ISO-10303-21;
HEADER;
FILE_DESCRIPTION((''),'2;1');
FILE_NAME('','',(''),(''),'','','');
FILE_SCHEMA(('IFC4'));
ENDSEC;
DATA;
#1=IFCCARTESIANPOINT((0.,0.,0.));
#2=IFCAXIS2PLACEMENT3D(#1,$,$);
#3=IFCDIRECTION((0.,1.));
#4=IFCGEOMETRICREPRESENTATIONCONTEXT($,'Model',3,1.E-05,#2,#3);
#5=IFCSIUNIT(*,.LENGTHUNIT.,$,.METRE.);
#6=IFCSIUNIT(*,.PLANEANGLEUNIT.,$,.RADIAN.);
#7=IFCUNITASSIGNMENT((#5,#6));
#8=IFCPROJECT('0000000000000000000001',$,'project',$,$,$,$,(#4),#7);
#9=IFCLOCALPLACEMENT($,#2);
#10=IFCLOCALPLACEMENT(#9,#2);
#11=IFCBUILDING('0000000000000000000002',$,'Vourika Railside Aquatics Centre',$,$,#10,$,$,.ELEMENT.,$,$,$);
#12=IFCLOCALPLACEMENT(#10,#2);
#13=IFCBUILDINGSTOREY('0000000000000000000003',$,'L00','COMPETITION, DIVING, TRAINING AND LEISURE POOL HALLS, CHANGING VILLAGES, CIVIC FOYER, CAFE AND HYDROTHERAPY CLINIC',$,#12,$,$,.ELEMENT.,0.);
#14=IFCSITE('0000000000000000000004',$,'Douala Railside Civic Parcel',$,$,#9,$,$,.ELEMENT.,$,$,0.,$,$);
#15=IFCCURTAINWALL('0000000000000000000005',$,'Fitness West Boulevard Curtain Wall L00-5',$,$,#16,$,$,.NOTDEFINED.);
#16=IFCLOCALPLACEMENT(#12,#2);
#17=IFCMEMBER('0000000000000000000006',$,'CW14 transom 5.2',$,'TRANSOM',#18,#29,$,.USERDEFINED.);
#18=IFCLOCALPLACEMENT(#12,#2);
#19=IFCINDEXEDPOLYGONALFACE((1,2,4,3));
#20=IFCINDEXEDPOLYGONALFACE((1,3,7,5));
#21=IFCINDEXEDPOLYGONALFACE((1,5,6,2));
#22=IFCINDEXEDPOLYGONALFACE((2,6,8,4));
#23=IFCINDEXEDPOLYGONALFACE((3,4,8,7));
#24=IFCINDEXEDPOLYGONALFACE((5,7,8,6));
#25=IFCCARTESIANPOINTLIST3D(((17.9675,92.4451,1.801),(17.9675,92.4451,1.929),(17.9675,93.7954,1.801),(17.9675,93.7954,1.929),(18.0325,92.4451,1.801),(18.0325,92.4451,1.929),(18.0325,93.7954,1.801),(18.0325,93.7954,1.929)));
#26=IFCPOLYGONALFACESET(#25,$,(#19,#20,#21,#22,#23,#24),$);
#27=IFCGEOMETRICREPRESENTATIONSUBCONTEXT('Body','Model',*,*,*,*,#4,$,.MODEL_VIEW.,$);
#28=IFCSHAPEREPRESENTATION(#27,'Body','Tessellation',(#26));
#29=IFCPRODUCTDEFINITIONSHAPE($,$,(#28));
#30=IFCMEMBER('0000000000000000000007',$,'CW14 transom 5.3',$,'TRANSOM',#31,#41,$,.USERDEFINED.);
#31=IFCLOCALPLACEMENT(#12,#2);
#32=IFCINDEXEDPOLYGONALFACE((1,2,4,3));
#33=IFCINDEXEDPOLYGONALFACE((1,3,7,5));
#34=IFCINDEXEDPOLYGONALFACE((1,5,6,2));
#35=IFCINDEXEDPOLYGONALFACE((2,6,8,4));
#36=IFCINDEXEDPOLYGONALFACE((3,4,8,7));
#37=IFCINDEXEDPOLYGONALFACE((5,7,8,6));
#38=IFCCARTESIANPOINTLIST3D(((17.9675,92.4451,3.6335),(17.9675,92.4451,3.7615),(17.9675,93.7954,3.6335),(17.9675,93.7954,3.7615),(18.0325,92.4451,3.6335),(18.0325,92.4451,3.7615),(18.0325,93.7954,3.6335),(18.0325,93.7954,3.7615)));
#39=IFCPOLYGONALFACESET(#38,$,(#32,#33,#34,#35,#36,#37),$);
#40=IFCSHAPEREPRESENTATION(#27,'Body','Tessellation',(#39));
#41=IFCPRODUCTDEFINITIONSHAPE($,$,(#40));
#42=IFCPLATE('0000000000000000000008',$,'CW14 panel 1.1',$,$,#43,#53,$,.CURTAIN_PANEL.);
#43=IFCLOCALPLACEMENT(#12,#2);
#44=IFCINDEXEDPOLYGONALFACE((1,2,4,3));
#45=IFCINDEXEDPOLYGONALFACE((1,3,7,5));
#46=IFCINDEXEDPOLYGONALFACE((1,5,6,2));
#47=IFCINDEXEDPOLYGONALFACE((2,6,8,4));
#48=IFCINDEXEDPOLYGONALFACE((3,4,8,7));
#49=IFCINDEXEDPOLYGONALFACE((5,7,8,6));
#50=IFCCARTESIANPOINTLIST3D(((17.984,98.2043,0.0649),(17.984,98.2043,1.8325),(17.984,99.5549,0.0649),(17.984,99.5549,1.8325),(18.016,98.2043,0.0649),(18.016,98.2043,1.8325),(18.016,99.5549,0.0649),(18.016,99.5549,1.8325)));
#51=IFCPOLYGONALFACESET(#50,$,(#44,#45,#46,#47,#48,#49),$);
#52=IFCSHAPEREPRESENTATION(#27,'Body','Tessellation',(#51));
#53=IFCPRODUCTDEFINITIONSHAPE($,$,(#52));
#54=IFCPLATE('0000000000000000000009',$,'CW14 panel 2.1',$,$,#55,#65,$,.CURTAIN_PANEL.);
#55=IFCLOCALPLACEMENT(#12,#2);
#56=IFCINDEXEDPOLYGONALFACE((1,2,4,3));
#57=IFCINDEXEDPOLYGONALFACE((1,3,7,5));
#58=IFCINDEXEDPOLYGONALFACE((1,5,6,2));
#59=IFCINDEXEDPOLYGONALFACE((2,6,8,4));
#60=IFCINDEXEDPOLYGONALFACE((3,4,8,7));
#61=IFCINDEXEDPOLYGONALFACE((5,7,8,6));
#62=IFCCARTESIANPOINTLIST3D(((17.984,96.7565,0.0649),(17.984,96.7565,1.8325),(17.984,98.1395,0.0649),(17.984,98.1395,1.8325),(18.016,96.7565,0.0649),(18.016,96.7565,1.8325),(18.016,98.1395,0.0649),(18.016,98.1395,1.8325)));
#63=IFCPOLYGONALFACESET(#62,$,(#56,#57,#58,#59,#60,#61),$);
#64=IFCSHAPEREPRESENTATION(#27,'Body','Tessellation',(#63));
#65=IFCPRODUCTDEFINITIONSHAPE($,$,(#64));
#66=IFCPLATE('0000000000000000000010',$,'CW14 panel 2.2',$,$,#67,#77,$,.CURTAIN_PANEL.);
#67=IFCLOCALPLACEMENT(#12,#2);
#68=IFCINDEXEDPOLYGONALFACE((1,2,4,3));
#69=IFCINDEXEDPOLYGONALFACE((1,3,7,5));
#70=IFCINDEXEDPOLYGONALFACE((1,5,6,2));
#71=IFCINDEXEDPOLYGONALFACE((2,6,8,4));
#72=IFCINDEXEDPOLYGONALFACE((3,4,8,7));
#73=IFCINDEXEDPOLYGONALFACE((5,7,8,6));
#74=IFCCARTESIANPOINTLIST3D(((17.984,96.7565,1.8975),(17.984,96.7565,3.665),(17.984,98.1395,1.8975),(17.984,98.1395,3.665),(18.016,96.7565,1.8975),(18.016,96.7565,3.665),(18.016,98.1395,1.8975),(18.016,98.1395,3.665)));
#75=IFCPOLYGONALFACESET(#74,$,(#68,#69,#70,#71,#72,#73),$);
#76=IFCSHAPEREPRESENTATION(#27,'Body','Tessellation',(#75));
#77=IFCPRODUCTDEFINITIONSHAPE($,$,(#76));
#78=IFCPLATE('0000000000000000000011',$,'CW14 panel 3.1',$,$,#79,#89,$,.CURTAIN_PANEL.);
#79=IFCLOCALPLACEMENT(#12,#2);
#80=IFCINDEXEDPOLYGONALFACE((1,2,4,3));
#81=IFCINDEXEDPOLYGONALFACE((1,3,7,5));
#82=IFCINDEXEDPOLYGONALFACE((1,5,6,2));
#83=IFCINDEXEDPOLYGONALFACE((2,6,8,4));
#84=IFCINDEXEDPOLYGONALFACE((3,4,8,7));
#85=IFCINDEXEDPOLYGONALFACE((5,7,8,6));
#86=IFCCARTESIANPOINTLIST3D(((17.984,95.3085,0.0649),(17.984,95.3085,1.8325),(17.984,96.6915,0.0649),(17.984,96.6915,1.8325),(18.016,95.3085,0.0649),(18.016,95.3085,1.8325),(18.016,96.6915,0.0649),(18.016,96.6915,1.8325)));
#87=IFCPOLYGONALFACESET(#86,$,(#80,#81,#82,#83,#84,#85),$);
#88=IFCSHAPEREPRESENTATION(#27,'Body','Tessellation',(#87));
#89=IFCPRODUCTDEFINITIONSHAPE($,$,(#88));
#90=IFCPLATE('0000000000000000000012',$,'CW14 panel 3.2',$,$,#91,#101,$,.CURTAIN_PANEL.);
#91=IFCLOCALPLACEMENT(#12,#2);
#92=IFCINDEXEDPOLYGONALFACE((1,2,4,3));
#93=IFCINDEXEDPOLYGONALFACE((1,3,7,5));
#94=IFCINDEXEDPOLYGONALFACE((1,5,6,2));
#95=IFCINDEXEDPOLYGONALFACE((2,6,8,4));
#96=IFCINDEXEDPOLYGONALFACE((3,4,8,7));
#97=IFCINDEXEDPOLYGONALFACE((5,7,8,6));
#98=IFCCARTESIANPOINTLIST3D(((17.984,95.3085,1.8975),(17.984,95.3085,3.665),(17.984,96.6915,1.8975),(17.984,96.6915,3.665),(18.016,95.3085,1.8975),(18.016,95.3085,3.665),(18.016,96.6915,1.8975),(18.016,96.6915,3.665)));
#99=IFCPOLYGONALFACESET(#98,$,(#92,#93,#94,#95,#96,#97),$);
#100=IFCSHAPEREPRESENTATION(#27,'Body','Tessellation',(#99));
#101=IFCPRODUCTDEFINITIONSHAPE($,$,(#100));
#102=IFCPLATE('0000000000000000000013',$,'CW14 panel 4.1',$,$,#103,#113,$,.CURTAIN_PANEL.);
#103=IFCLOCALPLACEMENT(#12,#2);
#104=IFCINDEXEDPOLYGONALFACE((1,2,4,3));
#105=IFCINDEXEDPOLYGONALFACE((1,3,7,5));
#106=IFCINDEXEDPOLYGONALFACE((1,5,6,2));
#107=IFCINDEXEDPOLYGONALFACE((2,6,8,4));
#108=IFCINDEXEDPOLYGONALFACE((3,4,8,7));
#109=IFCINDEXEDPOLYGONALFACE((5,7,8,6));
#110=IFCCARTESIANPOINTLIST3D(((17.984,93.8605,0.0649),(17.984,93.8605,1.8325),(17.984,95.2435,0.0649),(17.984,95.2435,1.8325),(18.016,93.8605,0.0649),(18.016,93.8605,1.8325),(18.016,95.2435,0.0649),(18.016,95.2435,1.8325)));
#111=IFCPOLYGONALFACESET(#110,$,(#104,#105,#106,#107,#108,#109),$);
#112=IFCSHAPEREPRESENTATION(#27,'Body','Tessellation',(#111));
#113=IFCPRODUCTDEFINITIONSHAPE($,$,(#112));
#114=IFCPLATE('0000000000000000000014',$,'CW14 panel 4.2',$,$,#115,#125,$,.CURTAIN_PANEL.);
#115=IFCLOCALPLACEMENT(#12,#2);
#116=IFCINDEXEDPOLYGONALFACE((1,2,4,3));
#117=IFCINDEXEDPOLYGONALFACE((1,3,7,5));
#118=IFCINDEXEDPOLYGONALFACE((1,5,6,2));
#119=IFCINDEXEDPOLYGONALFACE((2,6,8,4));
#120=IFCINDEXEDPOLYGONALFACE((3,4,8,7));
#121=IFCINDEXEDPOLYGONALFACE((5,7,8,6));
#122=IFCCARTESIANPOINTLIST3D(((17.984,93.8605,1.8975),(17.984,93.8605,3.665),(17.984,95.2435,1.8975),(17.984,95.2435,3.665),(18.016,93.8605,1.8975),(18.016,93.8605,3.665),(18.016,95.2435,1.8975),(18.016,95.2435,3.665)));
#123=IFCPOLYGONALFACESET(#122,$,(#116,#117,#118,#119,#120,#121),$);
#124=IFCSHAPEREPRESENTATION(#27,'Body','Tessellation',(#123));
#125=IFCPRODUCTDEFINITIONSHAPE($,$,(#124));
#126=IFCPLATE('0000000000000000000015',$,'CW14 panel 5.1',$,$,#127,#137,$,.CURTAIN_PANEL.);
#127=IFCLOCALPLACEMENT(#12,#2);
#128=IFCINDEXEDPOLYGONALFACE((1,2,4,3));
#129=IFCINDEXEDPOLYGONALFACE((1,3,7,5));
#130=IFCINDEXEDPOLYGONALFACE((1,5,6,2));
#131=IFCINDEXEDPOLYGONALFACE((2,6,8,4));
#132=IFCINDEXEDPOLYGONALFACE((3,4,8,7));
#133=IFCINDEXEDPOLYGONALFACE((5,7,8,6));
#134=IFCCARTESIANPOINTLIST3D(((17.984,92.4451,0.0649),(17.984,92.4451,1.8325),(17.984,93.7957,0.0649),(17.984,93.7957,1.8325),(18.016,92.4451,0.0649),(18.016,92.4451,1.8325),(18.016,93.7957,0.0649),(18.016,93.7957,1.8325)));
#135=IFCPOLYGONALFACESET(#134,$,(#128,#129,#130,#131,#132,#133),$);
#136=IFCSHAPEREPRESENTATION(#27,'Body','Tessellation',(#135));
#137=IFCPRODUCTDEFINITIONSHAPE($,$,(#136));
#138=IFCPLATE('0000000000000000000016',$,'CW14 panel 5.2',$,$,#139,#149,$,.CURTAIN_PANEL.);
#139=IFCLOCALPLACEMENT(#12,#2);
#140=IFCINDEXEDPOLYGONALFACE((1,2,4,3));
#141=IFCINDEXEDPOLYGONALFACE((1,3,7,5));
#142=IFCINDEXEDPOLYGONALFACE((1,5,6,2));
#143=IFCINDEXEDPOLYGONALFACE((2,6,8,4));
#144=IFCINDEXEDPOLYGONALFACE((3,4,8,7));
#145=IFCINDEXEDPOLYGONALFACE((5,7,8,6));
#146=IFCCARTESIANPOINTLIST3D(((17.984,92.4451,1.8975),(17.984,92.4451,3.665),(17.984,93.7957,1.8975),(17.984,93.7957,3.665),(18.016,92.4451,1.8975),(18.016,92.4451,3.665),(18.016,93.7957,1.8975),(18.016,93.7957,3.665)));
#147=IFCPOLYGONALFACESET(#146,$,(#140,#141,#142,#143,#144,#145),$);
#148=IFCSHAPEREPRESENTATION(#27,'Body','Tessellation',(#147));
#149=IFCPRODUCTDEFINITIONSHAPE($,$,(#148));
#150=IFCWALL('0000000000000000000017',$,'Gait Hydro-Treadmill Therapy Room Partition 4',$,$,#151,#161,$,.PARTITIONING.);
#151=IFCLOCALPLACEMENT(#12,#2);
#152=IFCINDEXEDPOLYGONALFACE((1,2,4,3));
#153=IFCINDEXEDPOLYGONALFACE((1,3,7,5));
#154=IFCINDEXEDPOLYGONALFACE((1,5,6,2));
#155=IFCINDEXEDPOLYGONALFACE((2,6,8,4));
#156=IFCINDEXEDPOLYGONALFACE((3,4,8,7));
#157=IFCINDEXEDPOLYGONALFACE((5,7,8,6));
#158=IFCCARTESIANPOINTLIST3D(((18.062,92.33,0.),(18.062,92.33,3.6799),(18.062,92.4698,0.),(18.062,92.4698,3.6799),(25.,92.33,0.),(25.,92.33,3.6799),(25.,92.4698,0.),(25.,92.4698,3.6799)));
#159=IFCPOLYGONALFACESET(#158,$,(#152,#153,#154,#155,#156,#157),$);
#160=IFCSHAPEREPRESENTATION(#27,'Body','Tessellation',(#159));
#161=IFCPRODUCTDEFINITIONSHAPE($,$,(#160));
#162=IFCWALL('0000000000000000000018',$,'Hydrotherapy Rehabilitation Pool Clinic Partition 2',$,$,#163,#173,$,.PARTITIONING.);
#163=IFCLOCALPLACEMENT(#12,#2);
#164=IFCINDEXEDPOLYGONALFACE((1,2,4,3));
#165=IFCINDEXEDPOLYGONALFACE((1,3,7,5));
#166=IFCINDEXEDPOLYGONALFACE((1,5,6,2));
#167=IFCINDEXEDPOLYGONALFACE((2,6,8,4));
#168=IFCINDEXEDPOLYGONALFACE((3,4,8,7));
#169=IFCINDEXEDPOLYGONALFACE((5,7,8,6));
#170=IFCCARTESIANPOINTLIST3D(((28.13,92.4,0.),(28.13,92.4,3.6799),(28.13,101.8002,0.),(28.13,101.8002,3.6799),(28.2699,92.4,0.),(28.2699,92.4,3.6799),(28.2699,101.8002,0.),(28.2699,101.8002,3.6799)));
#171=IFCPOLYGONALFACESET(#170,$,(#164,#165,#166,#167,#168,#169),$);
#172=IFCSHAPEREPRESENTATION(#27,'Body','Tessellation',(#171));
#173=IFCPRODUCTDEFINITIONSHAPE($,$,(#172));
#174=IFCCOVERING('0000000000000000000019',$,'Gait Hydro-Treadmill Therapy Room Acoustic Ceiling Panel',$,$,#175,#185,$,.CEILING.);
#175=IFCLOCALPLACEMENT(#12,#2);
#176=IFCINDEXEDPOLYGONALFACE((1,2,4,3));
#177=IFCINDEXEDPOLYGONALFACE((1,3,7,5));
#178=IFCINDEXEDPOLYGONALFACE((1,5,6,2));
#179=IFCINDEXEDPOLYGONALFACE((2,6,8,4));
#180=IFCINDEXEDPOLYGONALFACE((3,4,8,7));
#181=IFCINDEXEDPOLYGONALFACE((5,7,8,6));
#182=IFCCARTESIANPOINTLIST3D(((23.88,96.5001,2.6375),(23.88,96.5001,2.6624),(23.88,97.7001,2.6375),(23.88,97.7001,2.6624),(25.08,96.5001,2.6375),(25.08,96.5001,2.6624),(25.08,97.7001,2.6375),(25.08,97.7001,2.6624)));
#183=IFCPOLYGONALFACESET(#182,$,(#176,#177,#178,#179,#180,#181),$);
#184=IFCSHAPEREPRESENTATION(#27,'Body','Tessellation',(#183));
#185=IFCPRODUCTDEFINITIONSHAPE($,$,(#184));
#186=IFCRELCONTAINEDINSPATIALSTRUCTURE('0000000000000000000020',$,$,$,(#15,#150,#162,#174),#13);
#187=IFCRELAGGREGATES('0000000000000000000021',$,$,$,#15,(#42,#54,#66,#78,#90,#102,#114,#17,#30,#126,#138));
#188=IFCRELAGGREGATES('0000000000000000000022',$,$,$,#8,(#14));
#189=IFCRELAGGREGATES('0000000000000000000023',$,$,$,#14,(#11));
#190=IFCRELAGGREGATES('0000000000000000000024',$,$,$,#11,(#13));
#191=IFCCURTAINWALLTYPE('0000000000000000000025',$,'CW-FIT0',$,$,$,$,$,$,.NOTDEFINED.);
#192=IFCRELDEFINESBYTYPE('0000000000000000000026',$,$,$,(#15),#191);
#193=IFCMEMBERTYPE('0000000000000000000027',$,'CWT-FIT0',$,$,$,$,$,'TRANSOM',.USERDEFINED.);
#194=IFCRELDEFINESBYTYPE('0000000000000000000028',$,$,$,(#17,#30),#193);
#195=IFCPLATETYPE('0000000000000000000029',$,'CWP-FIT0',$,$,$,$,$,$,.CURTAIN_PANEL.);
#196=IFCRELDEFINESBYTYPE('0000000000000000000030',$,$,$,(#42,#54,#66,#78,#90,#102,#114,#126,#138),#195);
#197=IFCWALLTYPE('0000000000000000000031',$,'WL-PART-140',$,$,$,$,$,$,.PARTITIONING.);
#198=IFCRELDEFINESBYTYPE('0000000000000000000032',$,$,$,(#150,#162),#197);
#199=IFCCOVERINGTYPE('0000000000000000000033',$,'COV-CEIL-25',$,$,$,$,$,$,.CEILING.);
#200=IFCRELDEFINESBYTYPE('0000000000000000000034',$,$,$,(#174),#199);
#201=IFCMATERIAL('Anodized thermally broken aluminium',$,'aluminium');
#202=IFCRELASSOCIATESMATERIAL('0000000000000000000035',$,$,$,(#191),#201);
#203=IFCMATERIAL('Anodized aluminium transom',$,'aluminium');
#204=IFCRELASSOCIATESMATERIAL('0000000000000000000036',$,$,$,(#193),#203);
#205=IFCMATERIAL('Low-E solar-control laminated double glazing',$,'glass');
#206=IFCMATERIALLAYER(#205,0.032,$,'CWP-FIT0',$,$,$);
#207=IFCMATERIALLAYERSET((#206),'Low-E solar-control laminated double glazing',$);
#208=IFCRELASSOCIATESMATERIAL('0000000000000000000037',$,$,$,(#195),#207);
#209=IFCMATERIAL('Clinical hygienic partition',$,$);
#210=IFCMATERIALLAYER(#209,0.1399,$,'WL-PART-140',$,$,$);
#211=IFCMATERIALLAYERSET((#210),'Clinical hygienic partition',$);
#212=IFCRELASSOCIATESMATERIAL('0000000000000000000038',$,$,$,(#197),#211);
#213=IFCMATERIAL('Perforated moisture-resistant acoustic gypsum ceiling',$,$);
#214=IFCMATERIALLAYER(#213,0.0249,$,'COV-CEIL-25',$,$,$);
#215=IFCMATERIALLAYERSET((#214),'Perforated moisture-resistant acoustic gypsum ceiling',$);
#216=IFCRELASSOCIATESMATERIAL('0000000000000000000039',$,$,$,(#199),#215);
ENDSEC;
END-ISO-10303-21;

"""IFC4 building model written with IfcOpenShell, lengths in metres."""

from ifc_helpers import new_model, si_unit, direction, frame, frame_2d, origin, origin_2d, place, context, subcontext, project, spatial, rectangle, extrude, material, layer, layer_set, material_profile, profile_set, type_object, element, aggregate, save


model = new_model("IFC4")

# Units and contexts
model_context = context("Model", 3, precision=1e-05, world=origin(), true_north=direction((0.0, 1.0)))
body_context = subcontext(model_context, "Body", "Model", "MODEL_VIEW")
ifc_project = project(units=[si_unit("LENGTHUNIT", "METRE"), si_unit("PLANEANGLEUNIT", "RADIAN")], contexts=[model_context])

# Site, building, storey
site_placement = place(None, origin())
site = spatial("IfcSite", under=ifc_project, at=site_placement, Name="Douala Railside Civic Parcel", CompositionType="ELEMENT", RefElevation=0.0)
building_placement = place(site_placement, origin())
building = spatial("IfcBuilding", under=site, at=building_placement, Name="Vourika Railside Aquatics Centre", CompositionType="ELEMENT")
storey_placement = place(building_placement, origin())
storey = spatial("IfcBuildingStorey", under=building, at=storey_placement, Name="L00", Description="COMPETITION, DIVING, TRAINING AND LEISURE POOL HALLS, CHANGING VILLAGES, CIVIC FOYER, CAFE AND HYDROTHERAPY CLINIC", CompositionType="ELEMENT", Elevation=0.0)

# Curtain wall, members, plates
ifc_material_1 = material(Name="Anodized thermally broken aluminium", Category="aluminium")
curtain_wall_type = type_object("IfcCurtainWallType", Name="CW-FIT0", PredefinedType="NOTDEFINED", material=ifc_material_1)
curtain_wall_placement = place(storey_placement, origin())
curtain_wall = element("IfcCurtainWall", 1, at=curtain_wall_placement, inside=storey, type_object=curtain_wall_type, Name="Fitness West Boulevard Curtain Wall L00-5", PredefinedType="NOTDEFINED")
ifc_material_2 = material(Name="Anodized aluminium transom", Category="aluminium")
ifc_material_profile_1 = material_profile(ifc_material_2, rectangle(XDim=0.0649, YDim=0.1279, at=origin_2d()), Name="ALU-T 65x128")
ifc_profile_set_1 = profile_set([ifc_material_profile_1], Name="Anodized aluminium transom")
member_type_1 = type_object("IfcMemberType", Name="CWT-FIT0", ElementType="TRANSOM", PredefinedType="USERDEFINED", material=ifc_profile_set_1)
member_1_placement = place(storey_placement, frame((18.0, 93.7954, 1.865), z_axis=(0.0, -1.0, 0.0), x_axis=(1.0, 0.0, 0.0)))
member_1 = element("IfcMember", 2, at=member_1_placement, type_object=member_type_1, Name="CW14 transom 5.2", ObjectType="TRANSOM", PredefinedType="USERDEFINED", context=body_context, shape_type="SweptSolid", body=[
    extrude(rectangle(XDim=0.0649, YDim=0.1279, at=origin_2d()), origin(), (0.0, 0.0, 1.0), 1.3503),
])
member_2_placement = place(storey_placement, frame((18.0, 93.7954, 3.6975), z_axis=(0.0, -1.0, 0.0), x_axis=(1.0, 0.0, 0.0)))
member_2 = element("IfcMember", 3, at=member_2_placement, type_object=member_type_1, Name="CW14 transom 5.3", ObjectType="TRANSOM", PredefinedType="USERDEFINED", context=body_context, shape_type="SweptSolid", body=[
    extrude(rectangle(XDim=0.0649, YDim=0.1279, at=origin_2d()), origin(), (0.0, 0.0, 1.0), 1.3503),
])
ifc_material_3 = material(Name="Low-E solar-control laminated double glazing", Category="glass")
ifc_layer_1 = layer(ifc_material_3, 0.032, Name="CWP-FIT0")
ifc_layer_set_1 = layer_set([ifc_layer_1], Name="Low-E solar-control laminated double glazing")
plate_type = type_object("IfcPlateType", Name="CWP-FIT0", PredefinedType="CURTAIN_PANEL", material=ifc_layer_set_1)
plate_1_placement = place(storey_placement, frame((18.0, 98.8796, 0.0649), z_axis=(0.0, 0.0, 1.0), x_axis=(0.0, -1.0, 0.0)))
plate_1 = element("IfcPlate", 4, at=plate_1_placement, type_object=plate_type, Name="CW14 panel 1.1", PredefinedType="CURTAIN_PANEL", context=body_context, shape_type="SweptSolid", body=[
    extrude(rectangle(XDim=1.3506, YDim=0.032, at=origin_2d()), origin(), (0.0, 0.0, 1.0), 1.7676),
])
plate_2_placement = place(storey_placement, frame((18.0, 97.448, 0.0649), z_axis=(0.0, 0.0, 1.0), x_axis=(0.0, -1.0, 0.0)))
plate_2 = element("IfcPlate", 5, at=plate_2_placement, type_object=plate_type, Name="CW14 panel 2.1", PredefinedType="CURTAIN_PANEL", context=body_context, shape_type="SweptSolid", body=[
    extrude(rectangle(XDim=1.3831, YDim=0.032, at=origin_2d()), origin(), (0.0, 0.0, 1.0), 1.7676),
])
plate_3_placement = place(storey_placement, frame((18.0, 97.448, 1.8975), z_axis=(0.0, 0.0, 1.0), x_axis=(0.0, -1.0, 0.0)))
plate_3 = element("IfcPlate", 6, at=plate_3_placement, type_object=plate_type, Name="CW14 panel 2.2", PredefinedType="CURTAIN_PANEL", context=body_context, shape_type="SweptSolid", body=[
    extrude(rectangle(XDim=1.3831, YDim=0.032, at=origin_2d()), origin(), (0.0, 0.0, 1.0), 1.7676),
])
plate_4_placement = place(storey_placement, frame((18.0, 96.0, 0.0649), z_axis=(0.0, 0.0, 1.0), x_axis=(0.0, -1.0, 0.0)))
plate_4 = element("IfcPlate", 7, at=plate_4_placement, type_object=plate_type, Name="CW14 panel 3.1", PredefinedType="CURTAIN_PANEL", context=body_context, shape_type="SweptSolid", body=[
    extrude(rectangle(XDim=1.3831, YDim=0.032, at=origin_2d()), origin(), (0.0, 0.0, 1.0), 1.7676),
])
plate_5_placement = place(storey_placement, frame((18.0, 96.0, 1.8975), z_axis=(0.0, 0.0, 1.0), x_axis=(0.0, -1.0, 0.0)))
plate_5 = element("IfcPlate", 8, at=plate_5_placement, type_object=plate_type, Name="CW14 panel 3.2", PredefinedType="CURTAIN_PANEL", context=body_context, shape_type="SweptSolid", body=[
    extrude(rectangle(XDim=1.3831, YDim=0.032, at=origin_2d()), origin(), (0.0, 0.0, 1.0), 1.7676),
])
plate_6_placement = place(storey_placement, frame((18.0, 94.552, 0.0649), z_axis=(0.0, 0.0, 1.0), x_axis=(0.0, -1.0, 0.0)))
plate_6 = element("IfcPlate", 9, at=plate_6_placement, type_object=plate_type, Name="CW14 panel 4.1", PredefinedType="CURTAIN_PANEL", context=body_context, shape_type="SweptSolid", body=[
    extrude(rectangle(XDim=1.3831, YDim=0.032, at=origin_2d()), origin(), (0.0, 0.0, 1.0), 1.7676),
])
plate_7_placement = place(storey_placement, frame((18.0, 94.552, 1.8975), z_axis=(0.0, 0.0, 1.0), x_axis=(0.0, -1.0, 0.0)))
plate_7 = element("IfcPlate", 10, at=plate_7_placement, type_object=plate_type, Name="CW14 panel 4.2", PredefinedType="CURTAIN_PANEL", context=body_context, shape_type="SweptSolid", body=[
    extrude(rectangle(XDim=1.3831, YDim=0.032, at=origin_2d()), origin(), (0.0, 0.0, 1.0), 1.7676),
])
plate_8_placement = place(storey_placement, frame((18.0, 93.1204, 0.0649), z_axis=(0.0, 0.0, 1.0), x_axis=(0.0, -1.0, 0.0)))
plate_8 = element("IfcPlate", 11, at=plate_8_placement, type_object=plate_type, Name="CW14 panel 5.1", PredefinedType="CURTAIN_PANEL", context=body_context, shape_type="SweptSolid", body=[
    extrude(rectangle(XDim=1.3506, YDim=0.032, at=origin_2d()), origin(), (0.0, 0.0, 1.0), 1.7676),
])
plate_9_placement = place(storey_placement, frame((18.0, 93.1204, 1.8975), z_axis=(0.0, 0.0, 1.0), x_axis=(0.0, -1.0, 0.0)))
plate_9 = element("IfcPlate", 12, at=plate_9_placement, type_object=plate_type, Name="CW14 panel 5.2", PredefinedType="CURTAIN_PANEL", context=body_context, shape_type="SweptSolid", body=[
    extrude(rectangle(XDim=1.3506, YDim=0.032, at=origin_2d()), origin(), (0.0, 0.0, 1.0), 1.7676),
])
aggregate(curtain_wall, [plate_1, plate_2, plate_3, plate_4, plate_5, plate_6, plate_7, member_1, member_2, plate_8, plate_9])

# Walls
ifc_material_4 = material(Name="Clinical hygienic partition")
ifc_layer_2 = layer(ifc_material_4, 0.1399, Name="WL-PART-140")
ifc_layer_set_2 = layer_set([ifc_layer_2], Name="Clinical hygienic partition")
wall_type = type_object("IfcWallType", Name="WL-PART-140", PredefinedType="PARTITIONING", material=ifc_layer_set_2)
wall_1_placement = place(storey_placement, frame((25.0, 92.3999, 0.0), z_axis=(0.0, 0.0, 1.0), x_axis=(-1.0, 0.0, 0.0)))
element("IfcWall", 13, at=wall_1_placement, inside=storey, type_object=wall_type, Name="Gait Hydro-Treadmill Therapy Room Partition 4", PredefinedType="PARTITIONING", context=body_context, shape_type="SweptSolid", body=[
    extrude(rectangle(XDim=6.938, YDim=0.1399, at=frame_2d((3.469, 0.0))), origin(), (0.0, 0.0, 1.0), 3.6799),
])
wall_2_placement = place(storey_placement, frame((28.2, 92.3999, 0.0), z_axis=(0.0, 0.0, 1.0), x_axis=(0.0, 1.0, 0.0)))
element("IfcWall", 14, at=wall_2_placement, inside=storey, type_object=wall_type, Name="Hydrotherapy Rehabilitation Pool Clinic Partition 2", PredefinedType="PARTITIONING", context=body_context, shape_type="SweptSolid", body=[
    extrude(rectangle(XDim=9.4001, YDim=0.1399, at=frame_2d((4.7002, 0.0))), origin(), (0.0, 0.0, 1.0), 3.6799),
])

# Covering
ifc_material_5 = material(Name="Perforated moisture-resistant acoustic gypsum ceiling")
ifc_layer_3 = layer(ifc_material_5, 0.0249, Name="COV-CEIL-25")
ifc_layer_set_3 = layer_set([ifc_layer_3], Name="Perforated moisture-resistant acoustic gypsum ceiling")
covering_type_1 = type_object("IfcCoveringType", Name="COV-CEIL-25", PredefinedType="CEILING", material=ifc_layer_set_3)
covering_1_placement = place(storey_placement, frame((24.48, 97.1001, 2.6375), z_axis=(0.0, 0.0, 1.0), x_axis=(1.0, 0.0, 0.0)))
element("IfcCovering", 15, at=covering_1_placement, inside=storey, type_object=covering_type_1, Name="Gait Hydro-Treadmill Therapy Room Acoustic Ceiling Panel", PredefinedType="CEILING", context=body_context, shape_type="SweptSolid", body=[
    extrude(rectangle(XDim=1.2, YDim=1.2, at=origin_2d()), origin(), (0.0, 0.0, 1.0), 0.0249),
])

save(model, "model.ifc")
